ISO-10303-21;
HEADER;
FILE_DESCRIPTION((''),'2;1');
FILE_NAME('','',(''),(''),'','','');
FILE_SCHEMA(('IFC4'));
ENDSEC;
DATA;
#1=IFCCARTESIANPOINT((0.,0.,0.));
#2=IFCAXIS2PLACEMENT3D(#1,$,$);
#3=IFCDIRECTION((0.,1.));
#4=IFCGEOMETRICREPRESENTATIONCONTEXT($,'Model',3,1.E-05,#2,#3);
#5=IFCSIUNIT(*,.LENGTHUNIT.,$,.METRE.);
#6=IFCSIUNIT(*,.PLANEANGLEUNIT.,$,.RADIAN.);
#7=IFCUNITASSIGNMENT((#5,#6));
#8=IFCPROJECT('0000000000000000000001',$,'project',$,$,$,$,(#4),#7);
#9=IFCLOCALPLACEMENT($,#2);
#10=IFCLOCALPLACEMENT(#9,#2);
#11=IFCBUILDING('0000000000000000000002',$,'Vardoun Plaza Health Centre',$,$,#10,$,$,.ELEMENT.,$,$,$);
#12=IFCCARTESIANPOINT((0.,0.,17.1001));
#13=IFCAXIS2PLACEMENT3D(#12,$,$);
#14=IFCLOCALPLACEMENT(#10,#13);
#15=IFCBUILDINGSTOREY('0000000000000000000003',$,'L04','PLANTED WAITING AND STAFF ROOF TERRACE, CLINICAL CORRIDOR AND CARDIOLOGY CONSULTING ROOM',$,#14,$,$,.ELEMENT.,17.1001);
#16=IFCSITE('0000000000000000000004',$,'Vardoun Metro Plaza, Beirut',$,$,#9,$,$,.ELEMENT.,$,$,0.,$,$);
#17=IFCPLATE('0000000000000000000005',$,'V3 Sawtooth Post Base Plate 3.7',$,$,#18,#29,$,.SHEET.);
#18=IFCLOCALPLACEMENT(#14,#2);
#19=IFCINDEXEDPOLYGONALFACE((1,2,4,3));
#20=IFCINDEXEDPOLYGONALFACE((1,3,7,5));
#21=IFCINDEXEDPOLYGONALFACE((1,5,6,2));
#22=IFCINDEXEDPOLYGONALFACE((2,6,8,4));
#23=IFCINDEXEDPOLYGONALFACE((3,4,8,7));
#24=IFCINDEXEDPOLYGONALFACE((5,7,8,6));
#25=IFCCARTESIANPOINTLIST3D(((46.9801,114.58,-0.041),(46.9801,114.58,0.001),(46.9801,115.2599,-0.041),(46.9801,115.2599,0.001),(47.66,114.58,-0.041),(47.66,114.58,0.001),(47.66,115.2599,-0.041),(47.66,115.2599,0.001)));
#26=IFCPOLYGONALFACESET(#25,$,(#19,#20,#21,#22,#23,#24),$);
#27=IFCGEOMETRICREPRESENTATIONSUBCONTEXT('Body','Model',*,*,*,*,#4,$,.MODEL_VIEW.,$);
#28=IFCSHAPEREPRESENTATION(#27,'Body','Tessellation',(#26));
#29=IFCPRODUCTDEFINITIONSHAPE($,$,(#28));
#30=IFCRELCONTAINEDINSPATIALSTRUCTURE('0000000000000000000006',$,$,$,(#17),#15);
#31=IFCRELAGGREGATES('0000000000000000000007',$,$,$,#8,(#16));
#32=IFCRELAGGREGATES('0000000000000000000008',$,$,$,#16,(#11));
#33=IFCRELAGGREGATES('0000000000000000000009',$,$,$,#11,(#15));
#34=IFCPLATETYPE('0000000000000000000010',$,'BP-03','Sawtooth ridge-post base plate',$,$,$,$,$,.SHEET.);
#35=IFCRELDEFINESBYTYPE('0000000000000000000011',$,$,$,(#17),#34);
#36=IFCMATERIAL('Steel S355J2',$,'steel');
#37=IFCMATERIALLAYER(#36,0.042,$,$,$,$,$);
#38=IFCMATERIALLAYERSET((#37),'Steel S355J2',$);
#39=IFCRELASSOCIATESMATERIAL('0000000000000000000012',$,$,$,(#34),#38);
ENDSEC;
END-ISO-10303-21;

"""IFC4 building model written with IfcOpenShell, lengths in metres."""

from ifc_helpers import new_model, si_unit, direction, frame, origin, origin_2d, place, context, subcontext, project, spatial, rectangle, extrude, material, layer, layer_set, type_object, element, save


model = new_model("IFC4")

# Units and contexts
model_context = context("Model", 3, precision=1e-05, world=origin(), true_north=direction((0.0, 1.0)))
body_context = subcontext(model_context, "Body", "Model", "MODEL_VIEW")
ifc_project = project(units=[si_unit("LENGTHUNIT", "METRE"), si_unit("PLANEANGLEUNIT", "RADIAN")], contexts=[model_context])

# Site, building, storey
site_placement = place(None, origin())
site = spatial("IfcSite", under=ifc_project, at=site_placement, Name="Vardoun Metro Plaza, Beirut", CompositionType="ELEMENT", RefElevation=0.0)
building_placement = place(site_placement, origin())
building = spatial("IfcBuilding", under=site, at=building_placement, Name="Vardoun Plaza Health Centre", CompositionType="ELEMENT")
storey_placement = place(building_placement, frame((0.0, 0.0, 17.1001)))
storey = spatial("IfcBuildingStorey", under=building, at=storey_placement, Name="L04", Description="PLANTED WAITING AND STAFF ROOF TERRACE, CLINICAL CORRIDOR AND CARDIOLOGY CONSULTING ROOM", CompositionType="ELEMENT", Elevation=17.1001)

# Plate
ifc_material_1 = material(Name="Steel S355J2", Category="steel")
ifc_layer = layer(ifc_material_1, 0.042)
ifc_layer_set = layer_set([ifc_layer], Name="Steel S355J2")
plate_type = type_object("IfcPlateType", Name="BP-03", Description="Sawtooth ridge-post base plate", PredefinedType="SHEET", material=ifc_layer_set)
for number, where, z_axis, x_axis, name in (
    (1, (47.3201, 114.9199, -0.041), (0.0, 0.0, 1.0), (1.0, 0.0, 0.0), "V3 Sawtooth Post Base Plate 3.7"),
):
    element("IfcPlate", number, at=place(storey_placement, frame(where, z_axis=z_axis, x_axis=x_axis)), inside=storey, type_object=plate_type, Name=name, PredefinedType="SHEET", context=body_context, shape_type="SweptSolid", body=[
        extrude(rectangle(XDim=0.6799, YDim=0.6799, at=origin_2d()), origin(), (0.0, 0.0, 1.0), 0.042),
    ])

save(model, "model.ifc")
